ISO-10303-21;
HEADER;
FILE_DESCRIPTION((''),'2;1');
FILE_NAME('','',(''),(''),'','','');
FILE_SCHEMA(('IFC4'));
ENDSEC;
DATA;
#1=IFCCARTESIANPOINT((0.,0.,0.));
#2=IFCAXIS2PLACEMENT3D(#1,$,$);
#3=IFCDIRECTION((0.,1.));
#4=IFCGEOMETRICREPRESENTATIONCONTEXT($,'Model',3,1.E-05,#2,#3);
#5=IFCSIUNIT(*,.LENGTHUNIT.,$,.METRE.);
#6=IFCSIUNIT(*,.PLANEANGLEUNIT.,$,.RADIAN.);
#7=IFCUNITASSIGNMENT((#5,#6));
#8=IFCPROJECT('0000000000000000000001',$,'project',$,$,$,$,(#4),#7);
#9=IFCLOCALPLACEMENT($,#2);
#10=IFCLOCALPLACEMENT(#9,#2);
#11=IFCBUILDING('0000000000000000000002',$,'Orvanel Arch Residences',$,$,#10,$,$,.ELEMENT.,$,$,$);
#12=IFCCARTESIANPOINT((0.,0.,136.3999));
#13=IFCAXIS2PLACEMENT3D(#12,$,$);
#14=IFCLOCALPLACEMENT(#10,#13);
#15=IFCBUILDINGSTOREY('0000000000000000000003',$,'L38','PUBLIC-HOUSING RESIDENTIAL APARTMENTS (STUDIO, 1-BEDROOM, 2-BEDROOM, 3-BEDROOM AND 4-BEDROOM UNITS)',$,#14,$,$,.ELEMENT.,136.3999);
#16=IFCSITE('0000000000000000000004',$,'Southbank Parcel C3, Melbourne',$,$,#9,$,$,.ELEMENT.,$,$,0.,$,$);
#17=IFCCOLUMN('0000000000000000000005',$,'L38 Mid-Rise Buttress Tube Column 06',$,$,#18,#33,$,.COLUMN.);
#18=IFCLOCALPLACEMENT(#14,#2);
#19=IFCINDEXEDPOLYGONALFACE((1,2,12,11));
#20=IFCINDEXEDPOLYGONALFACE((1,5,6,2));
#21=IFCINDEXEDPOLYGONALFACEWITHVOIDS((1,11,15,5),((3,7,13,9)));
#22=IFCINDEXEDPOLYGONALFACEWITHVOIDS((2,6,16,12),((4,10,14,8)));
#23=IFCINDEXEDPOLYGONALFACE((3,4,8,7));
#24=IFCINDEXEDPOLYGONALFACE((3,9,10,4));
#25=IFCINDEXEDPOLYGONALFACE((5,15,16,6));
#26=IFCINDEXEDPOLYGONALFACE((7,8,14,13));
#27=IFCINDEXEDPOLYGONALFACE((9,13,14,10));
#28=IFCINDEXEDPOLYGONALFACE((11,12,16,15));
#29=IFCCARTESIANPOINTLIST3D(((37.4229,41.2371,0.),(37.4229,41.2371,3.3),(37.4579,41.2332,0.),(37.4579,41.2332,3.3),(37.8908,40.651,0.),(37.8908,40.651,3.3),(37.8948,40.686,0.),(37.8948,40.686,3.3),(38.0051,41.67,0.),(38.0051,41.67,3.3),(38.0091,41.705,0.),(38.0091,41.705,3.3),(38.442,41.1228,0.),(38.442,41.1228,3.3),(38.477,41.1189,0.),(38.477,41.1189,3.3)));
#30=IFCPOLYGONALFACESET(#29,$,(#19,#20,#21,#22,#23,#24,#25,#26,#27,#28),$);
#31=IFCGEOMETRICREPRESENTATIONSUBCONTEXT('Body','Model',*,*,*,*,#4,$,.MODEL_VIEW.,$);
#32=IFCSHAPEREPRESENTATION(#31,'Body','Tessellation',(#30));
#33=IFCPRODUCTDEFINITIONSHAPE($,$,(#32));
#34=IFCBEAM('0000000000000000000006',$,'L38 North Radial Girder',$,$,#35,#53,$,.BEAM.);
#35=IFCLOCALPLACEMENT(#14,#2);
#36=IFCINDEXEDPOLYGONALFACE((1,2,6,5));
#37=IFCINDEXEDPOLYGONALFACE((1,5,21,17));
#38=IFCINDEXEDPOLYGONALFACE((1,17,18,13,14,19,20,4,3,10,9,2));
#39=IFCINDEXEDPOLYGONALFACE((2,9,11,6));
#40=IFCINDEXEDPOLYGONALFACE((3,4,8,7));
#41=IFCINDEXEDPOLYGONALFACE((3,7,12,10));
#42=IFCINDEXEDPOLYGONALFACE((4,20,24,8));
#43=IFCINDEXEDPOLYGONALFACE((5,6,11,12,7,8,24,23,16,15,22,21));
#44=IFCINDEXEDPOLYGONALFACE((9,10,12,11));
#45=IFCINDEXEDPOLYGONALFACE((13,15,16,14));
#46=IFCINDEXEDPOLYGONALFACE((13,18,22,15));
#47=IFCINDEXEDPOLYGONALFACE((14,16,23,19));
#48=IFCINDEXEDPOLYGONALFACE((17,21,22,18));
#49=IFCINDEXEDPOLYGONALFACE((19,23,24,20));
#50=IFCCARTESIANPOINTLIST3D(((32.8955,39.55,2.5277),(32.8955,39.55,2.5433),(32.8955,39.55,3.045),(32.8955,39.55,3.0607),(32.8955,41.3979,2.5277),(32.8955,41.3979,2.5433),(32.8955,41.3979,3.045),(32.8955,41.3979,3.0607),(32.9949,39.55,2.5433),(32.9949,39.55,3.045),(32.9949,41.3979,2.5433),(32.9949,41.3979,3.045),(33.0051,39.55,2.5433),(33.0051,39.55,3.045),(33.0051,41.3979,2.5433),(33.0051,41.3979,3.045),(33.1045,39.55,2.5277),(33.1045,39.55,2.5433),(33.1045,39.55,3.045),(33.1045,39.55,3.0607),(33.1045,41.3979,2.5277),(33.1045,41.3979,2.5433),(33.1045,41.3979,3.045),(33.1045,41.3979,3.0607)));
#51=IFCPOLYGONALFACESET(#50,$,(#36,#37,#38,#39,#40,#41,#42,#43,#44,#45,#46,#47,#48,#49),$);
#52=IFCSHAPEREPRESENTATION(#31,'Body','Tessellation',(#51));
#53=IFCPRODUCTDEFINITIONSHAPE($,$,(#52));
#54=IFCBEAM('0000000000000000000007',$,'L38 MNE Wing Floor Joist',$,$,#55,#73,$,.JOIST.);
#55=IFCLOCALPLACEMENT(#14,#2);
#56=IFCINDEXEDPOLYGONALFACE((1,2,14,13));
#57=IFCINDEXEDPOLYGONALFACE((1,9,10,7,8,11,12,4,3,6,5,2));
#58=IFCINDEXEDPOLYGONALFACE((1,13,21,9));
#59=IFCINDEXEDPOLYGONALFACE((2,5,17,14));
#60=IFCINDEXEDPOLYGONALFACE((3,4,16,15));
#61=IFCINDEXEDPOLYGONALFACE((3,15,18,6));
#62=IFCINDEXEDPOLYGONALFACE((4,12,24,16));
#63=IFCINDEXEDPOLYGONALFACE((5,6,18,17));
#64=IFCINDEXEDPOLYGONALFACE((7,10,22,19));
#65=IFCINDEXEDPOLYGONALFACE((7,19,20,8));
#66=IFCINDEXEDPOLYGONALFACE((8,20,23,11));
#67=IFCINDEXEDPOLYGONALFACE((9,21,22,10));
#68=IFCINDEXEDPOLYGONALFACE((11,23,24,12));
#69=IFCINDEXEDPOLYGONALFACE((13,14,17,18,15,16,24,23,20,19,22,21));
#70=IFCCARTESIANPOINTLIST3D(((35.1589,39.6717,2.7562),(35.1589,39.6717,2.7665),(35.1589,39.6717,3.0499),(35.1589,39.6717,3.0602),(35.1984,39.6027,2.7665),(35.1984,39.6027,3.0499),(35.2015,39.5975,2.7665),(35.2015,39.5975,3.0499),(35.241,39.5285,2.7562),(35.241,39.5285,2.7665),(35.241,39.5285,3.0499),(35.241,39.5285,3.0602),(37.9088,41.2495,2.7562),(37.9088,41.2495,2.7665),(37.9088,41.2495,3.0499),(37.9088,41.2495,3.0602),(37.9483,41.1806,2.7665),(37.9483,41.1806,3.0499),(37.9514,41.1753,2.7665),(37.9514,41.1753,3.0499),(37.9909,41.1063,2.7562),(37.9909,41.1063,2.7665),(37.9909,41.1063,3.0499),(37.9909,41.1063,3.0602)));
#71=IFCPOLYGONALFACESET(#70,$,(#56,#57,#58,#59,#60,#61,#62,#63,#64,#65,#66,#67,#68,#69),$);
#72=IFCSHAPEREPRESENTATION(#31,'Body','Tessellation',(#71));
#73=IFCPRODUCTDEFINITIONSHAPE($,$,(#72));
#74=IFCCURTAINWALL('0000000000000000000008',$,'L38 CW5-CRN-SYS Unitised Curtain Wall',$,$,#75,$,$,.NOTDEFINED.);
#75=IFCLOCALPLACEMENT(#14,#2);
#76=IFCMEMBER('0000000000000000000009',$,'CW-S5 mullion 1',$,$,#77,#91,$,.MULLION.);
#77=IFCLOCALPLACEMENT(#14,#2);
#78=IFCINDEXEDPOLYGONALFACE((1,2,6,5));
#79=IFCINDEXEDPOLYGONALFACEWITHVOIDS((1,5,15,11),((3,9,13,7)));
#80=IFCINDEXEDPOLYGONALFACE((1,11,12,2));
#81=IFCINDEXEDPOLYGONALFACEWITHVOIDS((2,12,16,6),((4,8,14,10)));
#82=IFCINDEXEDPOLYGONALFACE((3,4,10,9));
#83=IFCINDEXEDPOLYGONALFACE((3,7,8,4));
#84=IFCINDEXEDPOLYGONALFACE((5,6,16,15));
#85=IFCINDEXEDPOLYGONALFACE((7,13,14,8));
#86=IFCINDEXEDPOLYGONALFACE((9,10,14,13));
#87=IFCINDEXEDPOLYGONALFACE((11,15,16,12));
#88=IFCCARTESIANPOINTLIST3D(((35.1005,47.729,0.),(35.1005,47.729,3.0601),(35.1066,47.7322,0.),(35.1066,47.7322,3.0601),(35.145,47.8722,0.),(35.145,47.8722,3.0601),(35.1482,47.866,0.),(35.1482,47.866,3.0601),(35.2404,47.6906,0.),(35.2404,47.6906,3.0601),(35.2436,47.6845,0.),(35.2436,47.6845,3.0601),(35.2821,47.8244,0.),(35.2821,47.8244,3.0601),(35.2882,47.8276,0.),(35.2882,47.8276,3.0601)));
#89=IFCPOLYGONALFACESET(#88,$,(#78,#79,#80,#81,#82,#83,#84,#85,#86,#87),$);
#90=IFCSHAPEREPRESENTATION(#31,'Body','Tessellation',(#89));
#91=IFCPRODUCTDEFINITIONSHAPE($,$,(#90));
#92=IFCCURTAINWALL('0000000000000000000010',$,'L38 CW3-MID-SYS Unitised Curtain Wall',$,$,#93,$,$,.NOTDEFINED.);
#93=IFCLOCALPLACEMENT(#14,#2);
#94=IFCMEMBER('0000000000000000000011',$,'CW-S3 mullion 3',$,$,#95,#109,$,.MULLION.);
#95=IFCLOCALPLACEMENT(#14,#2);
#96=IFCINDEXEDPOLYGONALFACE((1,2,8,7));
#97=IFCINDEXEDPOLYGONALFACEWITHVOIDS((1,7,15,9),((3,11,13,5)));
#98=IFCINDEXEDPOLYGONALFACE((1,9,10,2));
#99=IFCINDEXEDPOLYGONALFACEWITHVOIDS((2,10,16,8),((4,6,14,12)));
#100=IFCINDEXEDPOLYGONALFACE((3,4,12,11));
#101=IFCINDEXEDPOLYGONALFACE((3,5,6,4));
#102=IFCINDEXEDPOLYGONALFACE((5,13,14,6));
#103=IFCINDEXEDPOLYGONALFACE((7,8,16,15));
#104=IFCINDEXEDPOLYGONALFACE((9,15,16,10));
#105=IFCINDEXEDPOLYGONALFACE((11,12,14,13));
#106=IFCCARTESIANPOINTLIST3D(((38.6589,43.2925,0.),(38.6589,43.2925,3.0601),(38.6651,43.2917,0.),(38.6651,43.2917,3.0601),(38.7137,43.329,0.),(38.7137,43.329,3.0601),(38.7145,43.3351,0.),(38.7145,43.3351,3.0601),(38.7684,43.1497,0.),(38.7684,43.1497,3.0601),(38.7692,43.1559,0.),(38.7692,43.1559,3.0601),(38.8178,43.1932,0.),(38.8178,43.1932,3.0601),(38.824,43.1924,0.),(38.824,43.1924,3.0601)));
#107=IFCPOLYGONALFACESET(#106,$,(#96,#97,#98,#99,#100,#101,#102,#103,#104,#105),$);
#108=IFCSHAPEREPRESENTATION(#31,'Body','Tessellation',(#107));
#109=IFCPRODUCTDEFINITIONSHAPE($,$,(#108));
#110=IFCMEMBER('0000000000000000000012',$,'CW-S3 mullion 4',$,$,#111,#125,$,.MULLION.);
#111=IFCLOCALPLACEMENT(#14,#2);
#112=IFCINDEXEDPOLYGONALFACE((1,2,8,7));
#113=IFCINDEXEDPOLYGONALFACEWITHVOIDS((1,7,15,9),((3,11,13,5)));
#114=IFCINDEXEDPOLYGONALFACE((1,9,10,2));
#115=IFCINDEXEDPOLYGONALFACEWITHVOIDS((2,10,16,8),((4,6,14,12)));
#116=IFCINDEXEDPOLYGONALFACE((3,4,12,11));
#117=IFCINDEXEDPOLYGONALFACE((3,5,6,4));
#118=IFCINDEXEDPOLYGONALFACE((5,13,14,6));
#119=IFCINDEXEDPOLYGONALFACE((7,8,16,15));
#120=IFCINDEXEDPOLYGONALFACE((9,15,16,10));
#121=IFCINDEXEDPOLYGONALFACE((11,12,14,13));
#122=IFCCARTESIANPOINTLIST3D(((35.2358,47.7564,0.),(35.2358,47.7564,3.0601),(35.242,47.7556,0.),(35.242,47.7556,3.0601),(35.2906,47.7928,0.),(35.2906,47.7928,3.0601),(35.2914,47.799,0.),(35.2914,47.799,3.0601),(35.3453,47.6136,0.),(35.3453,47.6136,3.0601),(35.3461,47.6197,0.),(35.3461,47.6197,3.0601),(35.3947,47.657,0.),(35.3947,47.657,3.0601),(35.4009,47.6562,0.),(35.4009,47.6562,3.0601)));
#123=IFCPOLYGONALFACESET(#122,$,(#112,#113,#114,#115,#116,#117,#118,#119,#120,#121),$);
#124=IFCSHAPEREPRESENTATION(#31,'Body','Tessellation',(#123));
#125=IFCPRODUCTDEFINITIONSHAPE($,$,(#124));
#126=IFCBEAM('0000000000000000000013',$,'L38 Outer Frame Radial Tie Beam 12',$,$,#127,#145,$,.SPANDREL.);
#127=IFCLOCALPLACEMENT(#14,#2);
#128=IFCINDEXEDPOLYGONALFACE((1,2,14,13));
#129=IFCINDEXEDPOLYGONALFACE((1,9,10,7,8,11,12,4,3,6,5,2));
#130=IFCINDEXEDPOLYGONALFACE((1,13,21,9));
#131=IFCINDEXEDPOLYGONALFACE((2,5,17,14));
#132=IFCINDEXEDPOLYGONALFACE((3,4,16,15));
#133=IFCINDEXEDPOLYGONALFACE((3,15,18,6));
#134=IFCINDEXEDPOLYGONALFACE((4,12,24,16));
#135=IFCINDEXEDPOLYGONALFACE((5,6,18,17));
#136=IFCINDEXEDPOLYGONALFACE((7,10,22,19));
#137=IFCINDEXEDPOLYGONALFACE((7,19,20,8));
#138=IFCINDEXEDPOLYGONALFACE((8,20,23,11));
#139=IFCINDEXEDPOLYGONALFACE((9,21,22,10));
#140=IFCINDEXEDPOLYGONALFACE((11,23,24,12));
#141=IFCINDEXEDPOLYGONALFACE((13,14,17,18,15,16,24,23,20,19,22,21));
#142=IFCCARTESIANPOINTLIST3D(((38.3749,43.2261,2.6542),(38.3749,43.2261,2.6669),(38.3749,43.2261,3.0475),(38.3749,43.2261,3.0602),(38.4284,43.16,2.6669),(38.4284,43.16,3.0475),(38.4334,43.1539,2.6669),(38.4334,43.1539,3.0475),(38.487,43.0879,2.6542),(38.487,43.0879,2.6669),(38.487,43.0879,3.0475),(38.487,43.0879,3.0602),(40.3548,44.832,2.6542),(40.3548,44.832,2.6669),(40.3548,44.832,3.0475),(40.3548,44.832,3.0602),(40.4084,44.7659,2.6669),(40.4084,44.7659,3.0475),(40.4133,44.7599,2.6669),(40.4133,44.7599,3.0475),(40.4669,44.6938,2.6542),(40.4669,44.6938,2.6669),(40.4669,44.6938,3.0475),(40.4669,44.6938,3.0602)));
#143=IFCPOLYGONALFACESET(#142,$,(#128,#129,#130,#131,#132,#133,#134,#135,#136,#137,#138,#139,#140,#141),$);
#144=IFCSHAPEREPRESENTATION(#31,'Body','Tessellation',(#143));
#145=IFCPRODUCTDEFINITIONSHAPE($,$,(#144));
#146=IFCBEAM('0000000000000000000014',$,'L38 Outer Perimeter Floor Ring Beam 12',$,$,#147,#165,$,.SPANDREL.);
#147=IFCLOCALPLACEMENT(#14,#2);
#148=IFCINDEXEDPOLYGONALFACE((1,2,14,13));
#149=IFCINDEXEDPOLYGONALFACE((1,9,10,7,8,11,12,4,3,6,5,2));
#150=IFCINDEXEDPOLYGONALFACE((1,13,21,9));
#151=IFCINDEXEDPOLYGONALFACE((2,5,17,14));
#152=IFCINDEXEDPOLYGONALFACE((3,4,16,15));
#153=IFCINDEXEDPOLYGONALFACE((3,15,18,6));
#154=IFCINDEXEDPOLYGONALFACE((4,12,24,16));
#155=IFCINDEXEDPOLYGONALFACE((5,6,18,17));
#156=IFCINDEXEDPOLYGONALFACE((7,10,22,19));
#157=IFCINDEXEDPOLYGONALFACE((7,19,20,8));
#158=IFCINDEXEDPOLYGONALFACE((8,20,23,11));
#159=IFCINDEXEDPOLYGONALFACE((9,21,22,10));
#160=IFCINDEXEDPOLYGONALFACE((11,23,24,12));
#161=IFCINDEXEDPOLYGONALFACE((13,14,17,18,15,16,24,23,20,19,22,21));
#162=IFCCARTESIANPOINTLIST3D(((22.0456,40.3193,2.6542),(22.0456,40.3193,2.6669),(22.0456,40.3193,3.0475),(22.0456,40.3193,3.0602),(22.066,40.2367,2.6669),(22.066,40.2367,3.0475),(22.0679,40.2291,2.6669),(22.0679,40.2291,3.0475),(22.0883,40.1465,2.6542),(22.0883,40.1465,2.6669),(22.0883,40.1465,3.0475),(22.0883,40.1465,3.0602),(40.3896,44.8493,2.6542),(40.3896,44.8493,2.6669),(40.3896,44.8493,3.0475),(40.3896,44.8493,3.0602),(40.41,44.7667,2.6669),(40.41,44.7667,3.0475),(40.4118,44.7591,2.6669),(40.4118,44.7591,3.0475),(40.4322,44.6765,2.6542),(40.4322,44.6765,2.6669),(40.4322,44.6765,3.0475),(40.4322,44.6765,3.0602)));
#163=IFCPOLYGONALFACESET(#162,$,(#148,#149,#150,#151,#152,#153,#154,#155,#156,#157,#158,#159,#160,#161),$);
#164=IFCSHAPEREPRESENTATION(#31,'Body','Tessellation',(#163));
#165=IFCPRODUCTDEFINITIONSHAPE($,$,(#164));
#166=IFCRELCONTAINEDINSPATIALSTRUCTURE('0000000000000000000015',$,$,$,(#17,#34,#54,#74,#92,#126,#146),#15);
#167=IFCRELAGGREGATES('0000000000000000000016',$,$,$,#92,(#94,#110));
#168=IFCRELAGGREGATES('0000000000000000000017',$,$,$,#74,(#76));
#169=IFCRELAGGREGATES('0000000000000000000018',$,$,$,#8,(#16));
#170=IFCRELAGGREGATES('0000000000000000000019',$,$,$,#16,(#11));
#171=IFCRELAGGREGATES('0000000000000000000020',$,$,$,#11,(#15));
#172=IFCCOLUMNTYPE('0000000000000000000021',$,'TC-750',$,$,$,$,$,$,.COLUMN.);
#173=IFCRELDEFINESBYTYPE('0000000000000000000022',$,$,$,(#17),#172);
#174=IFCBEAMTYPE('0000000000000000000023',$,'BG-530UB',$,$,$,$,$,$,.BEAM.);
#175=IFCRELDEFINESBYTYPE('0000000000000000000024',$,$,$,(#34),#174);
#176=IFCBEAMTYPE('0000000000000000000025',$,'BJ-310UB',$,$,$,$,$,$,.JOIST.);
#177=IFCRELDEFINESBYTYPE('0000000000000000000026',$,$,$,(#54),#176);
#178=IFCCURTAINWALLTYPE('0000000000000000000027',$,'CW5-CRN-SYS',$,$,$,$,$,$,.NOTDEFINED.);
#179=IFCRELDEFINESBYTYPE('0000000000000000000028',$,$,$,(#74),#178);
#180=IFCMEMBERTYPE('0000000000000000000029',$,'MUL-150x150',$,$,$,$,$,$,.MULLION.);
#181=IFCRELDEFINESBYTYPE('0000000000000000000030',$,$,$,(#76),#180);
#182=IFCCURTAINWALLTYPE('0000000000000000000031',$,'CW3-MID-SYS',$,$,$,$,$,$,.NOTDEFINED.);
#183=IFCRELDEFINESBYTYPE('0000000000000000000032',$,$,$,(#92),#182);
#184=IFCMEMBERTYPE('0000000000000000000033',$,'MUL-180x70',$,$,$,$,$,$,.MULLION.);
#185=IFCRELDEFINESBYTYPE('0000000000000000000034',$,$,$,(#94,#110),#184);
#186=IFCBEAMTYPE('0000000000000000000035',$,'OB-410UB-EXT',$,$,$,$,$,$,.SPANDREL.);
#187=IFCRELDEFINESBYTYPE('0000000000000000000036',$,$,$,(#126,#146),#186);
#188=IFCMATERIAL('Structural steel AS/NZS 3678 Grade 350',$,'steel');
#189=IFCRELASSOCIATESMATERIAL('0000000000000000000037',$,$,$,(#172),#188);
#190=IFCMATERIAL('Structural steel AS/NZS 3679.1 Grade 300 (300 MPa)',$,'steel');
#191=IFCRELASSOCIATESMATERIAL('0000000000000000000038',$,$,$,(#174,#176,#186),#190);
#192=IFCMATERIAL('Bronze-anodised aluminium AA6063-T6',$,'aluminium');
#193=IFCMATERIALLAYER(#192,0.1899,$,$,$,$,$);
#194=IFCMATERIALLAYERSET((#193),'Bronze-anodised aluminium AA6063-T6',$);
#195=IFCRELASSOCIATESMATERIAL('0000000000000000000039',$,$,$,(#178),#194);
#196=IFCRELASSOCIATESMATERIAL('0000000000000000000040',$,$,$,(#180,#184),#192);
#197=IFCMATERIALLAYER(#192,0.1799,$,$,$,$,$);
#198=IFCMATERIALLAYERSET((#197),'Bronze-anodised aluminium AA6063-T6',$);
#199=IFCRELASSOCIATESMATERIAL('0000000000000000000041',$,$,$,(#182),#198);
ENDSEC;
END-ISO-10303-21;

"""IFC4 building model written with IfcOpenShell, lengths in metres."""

from ifc_helpers import new_model, si_unit, direction, frame, origin, origin_2d, place, context, subcontext, project, spatial, hollow_rectangle, i_section, extrude, material, layer, layer_set, material_profile, profile_set, type_object, element, aggregate, save


model = new_model("IFC4")

# Units and contexts
model_context = context("Model", 3, precision=1e-05, world=origin(), true_north=direction((0.0, 1.0)))
body_context = subcontext(model_context, "Body", "Model", "MODEL_VIEW")
ifc_project = project(units=[si_unit("LENGTHUNIT", "METRE"), si_unit("PLANEANGLEUNIT", "RADIAN")], contexts=[model_context])

# Site, building, storey
site_placement = place(None, origin())
site = spatial("IfcSite", under=ifc_project, at=site_placement, Name="Southbank Parcel C3, Melbourne", CompositionType="ELEMENT", RefElevation=0.0)
building_placement = place(site_placement, origin())
building = spatial("IfcBuilding", under=site, at=building_placement, Name="Orvanel Arch Residences", CompositionType="ELEMENT")
storey_placement = place(building_placement, frame((0.0, 0.0, 136.3999)))
storey = spatial("IfcBuildingStorey", under=building, at=storey_placement, Name="L38", Description="PUBLIC-HOUSING RESIDENTIAL APARTMENTS (STUDIO, 1-BEDROOM, 2-BEDROOM, 3-BEDROOM AND 4-BEDROOM UNITS)", CompositionType="ELEMENT", Elevation=136.3999)

# Column
ifc_material_1 = material(Name="Structural steel AS/NZS 3678 Grade 350", Category="steel")
ifc_material_profile_1 = material_profile(ifc_material_1, hollow_rectangle(XDim=0.75, YDim=0.75, WallThickness=0.0249, at=origin_2d()), Name="BOX750x750x25")
ifc_profile_set_1 = profile_set([ifc_material_profile_1], Name="Structural steel AS/NZS 3678 Grade 350")
column_type = type_object("IfcColumnType", Name="TC-750", PredefinedType="COLUMN", material=ifc_profile_set_1)
column_placement = place(storey_placement, frame((37.95, 41.178, 0.0), z_axis=(0.0, 0.0, 1.0), x_axis=(-0.62388, 0.78152, 0.0)))
element("IfcColumn", 1, at=column_placement, inside=storey, type_object=column_type, Name="L38 Mid-Rise Buttress Tube Column 06", PredefinedType="COLUMN", context=body_context, shape_type="SweptSolid", body=[
    extrude(hollow_rectangle(XDim=0.75, YDim=0.75, WallThickness=0.0249, at=origin_2d()), origin(), (0.0, 0.0, 1.0), 3.3),
])

# Beams
ifc_material_2 = material(Name="Structural steel AS/NZS 3679.1 Grade 300 (300 MPa)", Category="steel")
ifc_material_profile_2 = material_profile(ifc_material_2, i_section(OverallWidth=0.209, OverallDepth=0.533, WebThickness=0.0103, FlangeThickness=0.0156, at=origin_2d()), Name="530UB92.4")
ifc_profile_set_2 = profile_set([ifc_material_profile_2], Name="Structural steel AS/NZS 3679.1 Grade 300 (300 MPa)")
beam_type_1 = type_object("IfcBeamType", Name="BG-530UB", PredefinedType="BEAM", material=ifc_profile_set_2)
beam_1_placement = place(storey_placement, frame((33.0, 39.55, 2.7942), z_axis=(0.0, 1.0, 0.0), x_axis=(-1.0, 0.0, 0.0)))
element("IfcBeam", 2, at=beam_1_placement, inside=storey, type_object=beam_type_1, Name="L38 North Radial Girder", PredefinedType="BEAM", context=body_context, shape_type="SweptSolid", body=[
    extrude(i_section(OverallWidth=0.209, OverallDepth=0.533, WebThickness=0.0103, FlangeThickness=0.0156, at=origin_2d()), origin(), (0.0, 0.0, 1.0), 1.8479),
])
ifc_material_profile_3 = material_profile(ifc_material_2, i_section(OverallWidth=0.165, OverallDepth=0.304, WebThickness=0.0061, FlangeThickness=0.0103, at=origin_2d()), Name="310UB40.4")
ifc_profile_set_3 = profile_set([ifc_material_profile_3], Name="Structural steel AS/NZS 3679.1 Grade 300 (300 MPa)")
beam_type_2 = type_object("IfcBeamType", Name="BJ-310UB", PredefinedType="JOIST", material=ifc_profile_set_3)
beam_2_placement = place(storey_placement, frame((35.2, 39.6001, 2.9082), z_axis=(0.867365, 0.497672, 0.0), x_axis=(-0.497672, 0.867365, 0.0)))
element("IfcBeam", 3, at=beam_2_placement, inside=storey, type_object=beam_type_2, Name="L38 MNE Wing Floor Joist", PredefinedType="JOIST", context=body_context, shape_type="SweptSolid", body=[
    extrude(i_section(OverallWidth=0.165, OverallDepth=0.304, WebThickness=0.0061, FlangeThickness=0.0103, at=origin_2d()), origin(), (0.0, 0.0, 1.0), 3.1704),
])

# Curtain wall, member
ifc_material_3 = material(Name="Bronze-anodised aluminium AA6063-T6", Category="aluminium")
ifc_layer_1 = layer(ifc_material_3, 0.1899)
ifc_layer_set_1 = layer_set([ifc_layer_1], Name="Bronze-anodised aluminium AA6063-T6")
curtain_wall_type_1 = type_object("IfcCurtainWallType", Name="CW5-CRN-SYS", PredefinedType="NOTDEFINED", material=ifc_layer_set_1)
curtain_wall_1_placement = place(storey_placement, origin())
curtain_wall_1 = element("IfcCurtainWall", 4, at=curtain_wall_1_placement, inside=storey, type_object=curtain_wall_type_1, Name="L38 CW5-CRN-SYS Unitised Curtain Wall", PredefinedType="NOTDEFINED")
ifc_material_profile_4 = material_profile(ifc_material_3, hollow_rectangle(XDim=0.1499, YDim=0.1499, WallThickness=0.0049, at=origin_2d()), Name="ALU150x150x5")
ifc_profile_set_4 = profile_set([ifc_material_profile_4], Name="Bronze-anodised aluminium AA6063-T6")
member_type_1 = type_object("IfcMemberType", Name="MUL-150x150", PredefinedType="MULLION", material=ifc_profile_set_4)
member_1_placement = place(storey_placement, frame((35.1943, 47.7783, 0.0), z_axis=(0.0, 0.0, 1.0), x_axis=(-0.297028, -0.954869, 0.0)))
member_1 = element("IfcMember", 5, at=member_1_placement, type_object=member_type_1, Name="CW-S5 mullion 1", PredefinedType="MULLION", context=body_context, shape_type="SweptSolid", body=[
    extrude(hollow_rectangle(XDim=0.1499, YDim=0.1499, WallThickness=0.0049, at=origin_2d()), origin(), (0.0, 0.0, 1.0), 3.0601),
])

# Curtain wall, members
ifc_layer_2 = layer(ifc_material_3, 0.1799)
ifc_layer_set_2 = layer_set([ifc_layer_2], Name="Bronze-anodised aluminium AA6063-T6")
curtain_wall_type_2 = type_object("IfcCurtainWallType", Name="CW3-MID-SYS", PredefinedType="NOTDEFINED", material=ifc_layer_set_2)
curtain_wall_2_placement = place(storey_placement, origin())
curtain_wall_2 = element("IfcCurtainWall", 6, at=curtain_wall_2_placement, inside=storey, type_object=curtain_wall_type_2, Name="L38 CW3-MID-SYS Unitised Curtain Wall", PredefinedType="NOTDEFINED")
ifc_material_profile_5 = material_profile(ifc_material_3, hollow_rectangle(XDim=0.0701, YDim=0.1799, WallThickness=0.0044, at=origin_2d()), Name="ALU180x70x4.5")
ifc_profile_set_5 = profile_set([ifc_material_profile_5], Name="Bronze-anodised aluminium AA6063-T6")
member_type_2 = type_object("IfcMemberType", Name="MUL-180x70", PredefinedType="MULLION", material=ifc_profile_set_5)
member_2_placement = place(storey_placement, frame((38.7415, 43.2424, 0.0), z_axis=(0.0, 0.0, 1.0), x_axis=(-0.793545, -0.608512, 0.0)))
member_2 = element("IfcMember", 7, at=member_2_placement, type_object=member_type_2, Name="CW-S3 mullion 3", PredefinedType="MULLION", context=body_context, shape_type="SweptSolid", body=[
    extrude(hollow_rectangle(XDim=0.0701, YDim=0.1799, WallThickness=0.0044, at=origin_2d()), origin(), (0.0, 0.0, 1.0), 3.0601),
])
member_3_placement = place(storey_placement, frame((35.3184, 47.7063, 0.0), z_axis=(0.0, 0.0, 1.0), x_axis=(-0.793545, -0.608512, 0.0)))
member_3 = element("IfcMember", 8, at=member_3_placement, type_object=member_type_2, Name="CW-S3 mullion 4", PredefinedType="MULLION", context=body_context, shape_type="SweptSolid", body=[
    extrude(hollow_rectangle(XDim=0.0701, YDim=0.1799, WallThickness=0.0044, at=origin_2d()), origin(), (0.0, 0.0, 1.0), 3.0601),
])

# Beams
ifc_material_profile_6 = material_profile(ifc_material_2, i_section(OverallWidth=0.178, OverallDepth=0.406, WebThickness=0.0078, FlangeThickness=0.0127, at=origin_2d()), Name="410UB59.7")
ifc_profile_set_6 = profile_set([ifc_material_profile_6], Name="Structural steel AS/NZS 3679.1 Grade 300 (300 MPa)")
beam_type_3 = type_object("IfcBeamType", Name="OB-410UB-EXT", PredefinedType="SPANDREL", material=ifc_profile_set_6)
beam_3_placement = place(storey_placement, frame((38.4309, 43.157, 2.8572), z_axis=(0.776647, 0.629936, 0.0), x_axis=(-0.629936, 0.776647, 0.0)))
element("IfcBeam", 9, at=beam_3_placement, inside=storey, type_object=beam_type_3, Name="L38 Outer Frame Radial Tie Beam 12", PredefinedType="SPANDREL", context=body_context, shape_type="SweptSolid", body=[
    extrude(i_section(OverallWidth=0.178, OverallDepth=0.406, WebThickness=0.0078, FlangeThickness=0.0127, at=origin_2d()), origin(), (0.0, 0.0, 1.0), 2.5493),
])
beam_4_placement = place(storey_placement, frame((40.4109, 44.7629, 2.8572), z_axis=(-0.970835, -0.239747, 0.0), x_axis=(0.239747, -0.970835, 0.0)))
element("IfcBeam", 10, at=beam_4_placement, inside=storey, type_object=beam_type_3, Name="L38 Outer Perimeter Floor Ring Beam 12", PredefinedType="SPANDREL", context=body_context, shape_type="SweptSolid", body=[
    extrude(i_section(OverallWidth=0.178, OverallDepth=0.406, WebThickness=0.0078, FlangeThickness=0.0127, at=origin_2d()), origin(), (0.0, 0.0, 1.0), 18.895),
])

aggregate(curtain_wall_2, [member_2, member_3])
aggregate(curtain_wall_1, [member_1])

save(model, "model.ifc")
